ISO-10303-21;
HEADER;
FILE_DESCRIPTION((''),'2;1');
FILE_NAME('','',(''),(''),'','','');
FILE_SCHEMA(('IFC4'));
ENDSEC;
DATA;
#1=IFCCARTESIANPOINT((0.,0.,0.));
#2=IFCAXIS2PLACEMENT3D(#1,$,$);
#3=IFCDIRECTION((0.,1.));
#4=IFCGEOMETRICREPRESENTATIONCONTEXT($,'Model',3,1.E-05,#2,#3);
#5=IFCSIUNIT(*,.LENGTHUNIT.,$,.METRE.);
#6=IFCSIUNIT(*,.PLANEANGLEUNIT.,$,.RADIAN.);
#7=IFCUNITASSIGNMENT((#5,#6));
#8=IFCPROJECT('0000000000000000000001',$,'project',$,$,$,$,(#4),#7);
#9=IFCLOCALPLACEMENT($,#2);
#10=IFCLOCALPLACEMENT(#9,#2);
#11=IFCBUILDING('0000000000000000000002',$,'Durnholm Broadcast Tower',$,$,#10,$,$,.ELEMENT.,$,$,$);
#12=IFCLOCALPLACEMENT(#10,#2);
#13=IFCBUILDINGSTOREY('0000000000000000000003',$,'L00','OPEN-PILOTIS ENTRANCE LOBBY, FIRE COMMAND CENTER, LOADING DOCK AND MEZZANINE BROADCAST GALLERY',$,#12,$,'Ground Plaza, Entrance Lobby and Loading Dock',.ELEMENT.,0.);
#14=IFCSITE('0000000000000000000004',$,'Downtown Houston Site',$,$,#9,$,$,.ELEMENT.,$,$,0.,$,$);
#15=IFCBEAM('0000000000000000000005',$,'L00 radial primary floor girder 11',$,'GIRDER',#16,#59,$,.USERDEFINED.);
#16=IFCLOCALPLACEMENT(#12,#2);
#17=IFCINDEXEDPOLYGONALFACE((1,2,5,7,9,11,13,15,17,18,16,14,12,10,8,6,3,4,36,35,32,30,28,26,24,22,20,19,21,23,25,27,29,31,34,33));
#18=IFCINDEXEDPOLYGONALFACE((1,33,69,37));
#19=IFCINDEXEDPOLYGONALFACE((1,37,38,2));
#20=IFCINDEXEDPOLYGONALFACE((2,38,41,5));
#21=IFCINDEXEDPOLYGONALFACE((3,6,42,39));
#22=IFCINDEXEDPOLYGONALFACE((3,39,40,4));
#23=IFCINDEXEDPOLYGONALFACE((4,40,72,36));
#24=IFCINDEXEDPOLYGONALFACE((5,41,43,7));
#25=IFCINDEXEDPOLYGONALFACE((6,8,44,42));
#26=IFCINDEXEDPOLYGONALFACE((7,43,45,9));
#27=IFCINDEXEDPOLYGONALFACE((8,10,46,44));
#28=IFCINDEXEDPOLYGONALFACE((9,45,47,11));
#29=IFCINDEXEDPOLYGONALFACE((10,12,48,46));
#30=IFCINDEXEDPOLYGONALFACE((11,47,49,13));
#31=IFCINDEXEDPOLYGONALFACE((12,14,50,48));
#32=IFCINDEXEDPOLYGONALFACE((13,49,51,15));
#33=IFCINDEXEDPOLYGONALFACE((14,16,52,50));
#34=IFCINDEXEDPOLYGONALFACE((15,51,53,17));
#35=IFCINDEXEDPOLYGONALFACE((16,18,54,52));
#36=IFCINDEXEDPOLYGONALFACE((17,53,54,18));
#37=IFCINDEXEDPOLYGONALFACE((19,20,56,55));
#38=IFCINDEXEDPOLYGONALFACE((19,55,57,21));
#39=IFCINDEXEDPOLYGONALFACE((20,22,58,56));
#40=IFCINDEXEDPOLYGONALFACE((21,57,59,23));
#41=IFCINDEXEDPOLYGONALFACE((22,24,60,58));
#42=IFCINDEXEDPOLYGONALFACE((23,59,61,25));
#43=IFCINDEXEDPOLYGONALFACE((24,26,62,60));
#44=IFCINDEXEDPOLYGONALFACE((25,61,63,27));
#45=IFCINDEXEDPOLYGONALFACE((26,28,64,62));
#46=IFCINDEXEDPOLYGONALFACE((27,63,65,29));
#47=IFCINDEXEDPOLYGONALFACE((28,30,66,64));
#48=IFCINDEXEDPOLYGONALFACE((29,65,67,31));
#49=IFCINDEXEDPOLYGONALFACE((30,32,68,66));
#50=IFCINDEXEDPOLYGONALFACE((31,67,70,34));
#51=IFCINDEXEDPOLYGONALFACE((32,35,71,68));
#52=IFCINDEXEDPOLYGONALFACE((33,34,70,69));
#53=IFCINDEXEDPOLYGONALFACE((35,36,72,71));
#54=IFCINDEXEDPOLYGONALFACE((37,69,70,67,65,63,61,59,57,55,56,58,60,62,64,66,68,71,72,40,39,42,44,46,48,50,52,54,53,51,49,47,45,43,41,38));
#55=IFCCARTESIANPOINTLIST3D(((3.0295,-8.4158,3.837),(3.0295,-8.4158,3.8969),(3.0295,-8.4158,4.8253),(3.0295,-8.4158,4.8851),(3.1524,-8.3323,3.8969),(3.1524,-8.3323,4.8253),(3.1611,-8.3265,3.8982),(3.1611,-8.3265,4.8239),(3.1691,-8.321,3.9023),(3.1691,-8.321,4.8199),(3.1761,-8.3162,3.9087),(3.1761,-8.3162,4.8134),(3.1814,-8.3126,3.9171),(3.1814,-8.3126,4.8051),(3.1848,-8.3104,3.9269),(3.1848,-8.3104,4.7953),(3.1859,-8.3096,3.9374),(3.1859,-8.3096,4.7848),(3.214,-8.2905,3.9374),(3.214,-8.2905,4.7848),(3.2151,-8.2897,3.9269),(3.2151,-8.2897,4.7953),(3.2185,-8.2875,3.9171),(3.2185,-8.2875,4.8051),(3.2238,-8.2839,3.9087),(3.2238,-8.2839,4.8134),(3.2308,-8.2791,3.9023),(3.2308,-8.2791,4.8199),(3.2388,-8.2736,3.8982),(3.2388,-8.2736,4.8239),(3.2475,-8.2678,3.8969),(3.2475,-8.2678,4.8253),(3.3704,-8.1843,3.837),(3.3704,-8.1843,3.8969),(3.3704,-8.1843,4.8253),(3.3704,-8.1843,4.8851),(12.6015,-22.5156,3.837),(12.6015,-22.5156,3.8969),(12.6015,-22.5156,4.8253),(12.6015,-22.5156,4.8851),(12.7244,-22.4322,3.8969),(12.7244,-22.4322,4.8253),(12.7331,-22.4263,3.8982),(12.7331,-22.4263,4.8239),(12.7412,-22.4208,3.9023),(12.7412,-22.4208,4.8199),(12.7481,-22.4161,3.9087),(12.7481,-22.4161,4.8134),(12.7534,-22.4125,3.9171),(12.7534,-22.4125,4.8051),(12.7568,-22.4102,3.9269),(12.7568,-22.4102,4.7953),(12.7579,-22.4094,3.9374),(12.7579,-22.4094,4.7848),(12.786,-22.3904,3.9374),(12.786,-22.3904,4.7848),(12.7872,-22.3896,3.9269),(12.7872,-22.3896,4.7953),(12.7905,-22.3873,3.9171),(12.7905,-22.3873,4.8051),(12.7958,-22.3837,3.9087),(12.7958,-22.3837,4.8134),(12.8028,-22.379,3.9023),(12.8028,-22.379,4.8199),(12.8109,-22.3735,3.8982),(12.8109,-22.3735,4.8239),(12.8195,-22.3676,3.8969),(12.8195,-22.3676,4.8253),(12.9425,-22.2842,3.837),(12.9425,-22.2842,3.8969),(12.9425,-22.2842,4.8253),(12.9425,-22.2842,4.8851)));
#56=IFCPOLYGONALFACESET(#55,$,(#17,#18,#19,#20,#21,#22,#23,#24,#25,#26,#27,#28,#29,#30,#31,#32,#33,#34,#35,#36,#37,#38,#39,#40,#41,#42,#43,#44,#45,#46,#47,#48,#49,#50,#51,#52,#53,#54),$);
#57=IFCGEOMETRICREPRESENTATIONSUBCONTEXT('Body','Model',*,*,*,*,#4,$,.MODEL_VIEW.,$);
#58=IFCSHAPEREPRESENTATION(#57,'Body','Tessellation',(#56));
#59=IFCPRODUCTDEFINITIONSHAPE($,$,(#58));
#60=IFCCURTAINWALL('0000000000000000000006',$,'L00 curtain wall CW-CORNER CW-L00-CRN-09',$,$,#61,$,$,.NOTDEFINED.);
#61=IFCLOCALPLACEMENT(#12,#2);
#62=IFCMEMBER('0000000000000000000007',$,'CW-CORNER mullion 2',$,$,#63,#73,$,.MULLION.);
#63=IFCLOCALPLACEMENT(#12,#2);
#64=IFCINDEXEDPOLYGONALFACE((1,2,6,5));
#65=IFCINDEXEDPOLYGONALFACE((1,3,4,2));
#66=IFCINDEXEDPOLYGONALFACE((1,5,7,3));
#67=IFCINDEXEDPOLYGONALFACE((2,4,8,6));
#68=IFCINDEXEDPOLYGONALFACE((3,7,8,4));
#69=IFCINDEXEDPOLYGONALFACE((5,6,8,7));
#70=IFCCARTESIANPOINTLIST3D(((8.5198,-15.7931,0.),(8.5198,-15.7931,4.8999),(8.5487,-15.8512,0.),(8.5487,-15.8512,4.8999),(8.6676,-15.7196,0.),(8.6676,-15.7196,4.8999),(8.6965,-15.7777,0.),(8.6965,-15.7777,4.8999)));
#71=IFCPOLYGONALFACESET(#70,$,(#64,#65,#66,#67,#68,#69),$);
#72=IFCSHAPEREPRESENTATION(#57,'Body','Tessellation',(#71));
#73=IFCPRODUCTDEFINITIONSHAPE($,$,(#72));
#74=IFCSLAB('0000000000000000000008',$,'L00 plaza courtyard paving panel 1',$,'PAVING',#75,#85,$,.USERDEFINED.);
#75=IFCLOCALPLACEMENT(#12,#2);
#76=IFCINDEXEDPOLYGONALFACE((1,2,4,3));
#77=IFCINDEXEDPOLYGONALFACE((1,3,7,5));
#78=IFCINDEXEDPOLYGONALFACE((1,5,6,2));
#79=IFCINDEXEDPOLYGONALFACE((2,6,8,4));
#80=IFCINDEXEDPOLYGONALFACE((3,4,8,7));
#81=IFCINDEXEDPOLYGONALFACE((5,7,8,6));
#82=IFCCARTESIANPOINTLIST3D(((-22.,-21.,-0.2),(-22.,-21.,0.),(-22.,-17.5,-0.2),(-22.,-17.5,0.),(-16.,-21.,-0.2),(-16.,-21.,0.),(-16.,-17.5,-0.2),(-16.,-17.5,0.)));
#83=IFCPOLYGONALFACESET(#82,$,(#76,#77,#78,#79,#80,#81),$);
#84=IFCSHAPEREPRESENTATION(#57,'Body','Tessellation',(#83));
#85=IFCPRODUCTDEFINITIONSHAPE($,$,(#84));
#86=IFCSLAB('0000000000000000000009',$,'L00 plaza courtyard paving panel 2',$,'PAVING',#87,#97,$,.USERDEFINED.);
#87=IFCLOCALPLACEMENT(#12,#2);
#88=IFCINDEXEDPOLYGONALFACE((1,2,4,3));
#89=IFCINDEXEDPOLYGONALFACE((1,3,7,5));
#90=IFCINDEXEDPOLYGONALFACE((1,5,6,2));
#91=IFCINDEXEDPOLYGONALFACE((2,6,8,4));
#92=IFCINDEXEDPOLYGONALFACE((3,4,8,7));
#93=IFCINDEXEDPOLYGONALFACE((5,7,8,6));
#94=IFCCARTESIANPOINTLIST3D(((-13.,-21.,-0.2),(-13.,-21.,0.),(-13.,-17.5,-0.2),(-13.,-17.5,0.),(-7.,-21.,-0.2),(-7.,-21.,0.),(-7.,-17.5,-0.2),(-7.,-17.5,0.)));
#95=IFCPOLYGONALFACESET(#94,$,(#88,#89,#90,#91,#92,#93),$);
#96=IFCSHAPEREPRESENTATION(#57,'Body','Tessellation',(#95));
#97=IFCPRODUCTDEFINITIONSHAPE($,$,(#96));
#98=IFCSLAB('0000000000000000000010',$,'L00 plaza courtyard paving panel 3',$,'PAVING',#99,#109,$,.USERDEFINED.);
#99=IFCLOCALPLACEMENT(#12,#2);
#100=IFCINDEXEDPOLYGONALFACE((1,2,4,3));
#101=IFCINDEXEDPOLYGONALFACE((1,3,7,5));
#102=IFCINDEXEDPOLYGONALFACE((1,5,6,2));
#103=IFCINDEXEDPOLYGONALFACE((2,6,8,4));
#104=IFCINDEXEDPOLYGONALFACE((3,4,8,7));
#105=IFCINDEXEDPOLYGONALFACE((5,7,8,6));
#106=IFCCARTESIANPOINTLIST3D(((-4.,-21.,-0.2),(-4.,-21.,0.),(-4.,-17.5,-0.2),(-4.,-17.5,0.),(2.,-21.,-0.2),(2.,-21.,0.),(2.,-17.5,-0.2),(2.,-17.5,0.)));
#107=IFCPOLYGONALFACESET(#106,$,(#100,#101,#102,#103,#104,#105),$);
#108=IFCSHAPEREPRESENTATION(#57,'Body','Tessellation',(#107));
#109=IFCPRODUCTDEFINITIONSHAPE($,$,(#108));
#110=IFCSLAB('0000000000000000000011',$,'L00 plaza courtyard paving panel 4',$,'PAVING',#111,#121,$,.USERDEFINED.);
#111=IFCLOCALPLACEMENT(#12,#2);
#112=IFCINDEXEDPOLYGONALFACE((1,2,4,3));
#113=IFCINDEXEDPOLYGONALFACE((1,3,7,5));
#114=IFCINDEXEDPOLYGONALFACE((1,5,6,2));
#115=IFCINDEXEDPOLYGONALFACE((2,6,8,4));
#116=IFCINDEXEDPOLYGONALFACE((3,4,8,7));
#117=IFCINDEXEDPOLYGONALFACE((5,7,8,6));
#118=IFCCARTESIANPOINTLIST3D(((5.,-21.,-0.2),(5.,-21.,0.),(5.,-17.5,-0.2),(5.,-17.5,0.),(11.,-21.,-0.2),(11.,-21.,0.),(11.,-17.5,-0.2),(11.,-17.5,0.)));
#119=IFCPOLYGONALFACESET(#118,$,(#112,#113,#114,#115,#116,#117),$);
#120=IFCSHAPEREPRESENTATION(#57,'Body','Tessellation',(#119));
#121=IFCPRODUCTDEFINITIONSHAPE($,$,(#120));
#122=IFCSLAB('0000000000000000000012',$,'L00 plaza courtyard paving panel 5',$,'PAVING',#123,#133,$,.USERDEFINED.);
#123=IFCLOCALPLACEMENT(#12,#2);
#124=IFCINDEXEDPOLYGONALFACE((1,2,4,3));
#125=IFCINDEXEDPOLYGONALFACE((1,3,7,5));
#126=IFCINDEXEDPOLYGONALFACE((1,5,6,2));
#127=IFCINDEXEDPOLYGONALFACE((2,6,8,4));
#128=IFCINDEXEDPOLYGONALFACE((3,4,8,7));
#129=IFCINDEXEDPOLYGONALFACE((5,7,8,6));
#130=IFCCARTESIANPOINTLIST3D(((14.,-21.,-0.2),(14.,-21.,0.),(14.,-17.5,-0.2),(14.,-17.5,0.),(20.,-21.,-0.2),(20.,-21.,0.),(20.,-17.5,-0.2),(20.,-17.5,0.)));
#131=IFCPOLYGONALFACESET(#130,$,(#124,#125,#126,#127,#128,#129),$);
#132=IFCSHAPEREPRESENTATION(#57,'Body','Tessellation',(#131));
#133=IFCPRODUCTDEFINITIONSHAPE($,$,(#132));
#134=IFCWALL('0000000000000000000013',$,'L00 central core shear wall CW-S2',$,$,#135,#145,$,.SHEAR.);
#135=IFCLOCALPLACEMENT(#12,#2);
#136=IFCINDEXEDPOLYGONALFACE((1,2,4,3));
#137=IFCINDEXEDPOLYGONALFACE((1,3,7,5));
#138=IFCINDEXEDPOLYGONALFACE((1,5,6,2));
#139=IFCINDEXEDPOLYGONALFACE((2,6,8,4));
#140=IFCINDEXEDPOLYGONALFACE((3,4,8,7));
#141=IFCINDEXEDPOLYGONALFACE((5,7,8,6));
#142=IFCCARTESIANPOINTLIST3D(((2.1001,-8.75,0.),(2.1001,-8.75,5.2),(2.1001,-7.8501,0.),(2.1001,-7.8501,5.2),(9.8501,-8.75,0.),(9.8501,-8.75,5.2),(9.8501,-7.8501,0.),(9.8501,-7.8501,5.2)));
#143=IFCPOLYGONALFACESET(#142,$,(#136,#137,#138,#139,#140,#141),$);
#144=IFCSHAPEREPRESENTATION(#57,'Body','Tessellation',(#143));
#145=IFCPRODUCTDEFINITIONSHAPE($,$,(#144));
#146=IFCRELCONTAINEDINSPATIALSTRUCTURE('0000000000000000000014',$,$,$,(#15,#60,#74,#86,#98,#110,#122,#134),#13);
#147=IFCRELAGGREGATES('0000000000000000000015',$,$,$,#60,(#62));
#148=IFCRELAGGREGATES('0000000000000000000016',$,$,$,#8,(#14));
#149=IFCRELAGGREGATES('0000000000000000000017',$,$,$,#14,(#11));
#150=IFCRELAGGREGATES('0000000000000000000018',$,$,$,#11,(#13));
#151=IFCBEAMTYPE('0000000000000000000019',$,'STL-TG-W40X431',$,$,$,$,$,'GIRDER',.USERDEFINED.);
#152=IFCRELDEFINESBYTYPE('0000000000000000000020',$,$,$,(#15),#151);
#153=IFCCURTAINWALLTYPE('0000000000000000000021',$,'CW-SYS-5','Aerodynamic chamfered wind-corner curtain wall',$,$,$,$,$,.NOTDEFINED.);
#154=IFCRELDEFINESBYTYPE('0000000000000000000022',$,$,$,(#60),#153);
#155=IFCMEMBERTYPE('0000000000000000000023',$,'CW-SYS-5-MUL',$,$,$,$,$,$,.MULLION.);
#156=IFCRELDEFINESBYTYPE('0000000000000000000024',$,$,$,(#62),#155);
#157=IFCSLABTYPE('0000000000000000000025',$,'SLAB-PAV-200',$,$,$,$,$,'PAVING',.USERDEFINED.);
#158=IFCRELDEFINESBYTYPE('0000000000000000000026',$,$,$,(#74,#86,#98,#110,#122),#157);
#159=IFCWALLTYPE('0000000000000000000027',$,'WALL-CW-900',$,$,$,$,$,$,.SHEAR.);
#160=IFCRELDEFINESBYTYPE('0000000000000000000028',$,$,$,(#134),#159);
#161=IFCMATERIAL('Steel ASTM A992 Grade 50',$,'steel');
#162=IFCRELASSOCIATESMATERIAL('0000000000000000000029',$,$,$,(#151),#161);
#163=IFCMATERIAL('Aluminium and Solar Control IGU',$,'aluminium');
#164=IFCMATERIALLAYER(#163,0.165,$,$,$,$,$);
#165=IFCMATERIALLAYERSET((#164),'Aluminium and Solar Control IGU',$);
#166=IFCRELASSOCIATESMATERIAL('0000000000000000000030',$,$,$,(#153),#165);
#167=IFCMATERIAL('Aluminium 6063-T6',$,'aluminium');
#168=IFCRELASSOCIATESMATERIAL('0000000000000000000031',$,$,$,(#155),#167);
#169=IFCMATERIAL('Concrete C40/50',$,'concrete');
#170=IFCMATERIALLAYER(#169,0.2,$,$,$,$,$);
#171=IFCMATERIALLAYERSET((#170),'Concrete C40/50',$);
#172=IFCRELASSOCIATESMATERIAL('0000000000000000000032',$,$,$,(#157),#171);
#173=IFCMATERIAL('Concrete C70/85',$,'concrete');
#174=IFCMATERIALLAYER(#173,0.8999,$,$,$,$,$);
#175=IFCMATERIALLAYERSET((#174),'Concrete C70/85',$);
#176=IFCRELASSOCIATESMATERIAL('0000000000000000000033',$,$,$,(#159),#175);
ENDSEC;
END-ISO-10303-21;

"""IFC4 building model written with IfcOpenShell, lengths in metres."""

from ifc_helpers import new_model, si_unit, direction, frame, frame_2d, origin, origin_2d, place, context, subcontext, project, spatial, polyline, rectangle, i_section, outline, extrude, source, transform, mapped, material, layer, layer_set, material_profile, profile_set, type_object, type_shapes, element, aggregate, save


model = new_model("IFC4")

# Units and contexts
model_context = context("Model", 3, precision=1e-05, world=origin(), true_north=direction((0.0, 1.0)))
body_context = subcontext(model_context, "Body", "Model", "MODEL_VIEW")
ifc_project = project(units=[si_unit("LENGTHUNIT", "METRE"), si_unit("PLANEANGLEUNIT", "RADIAN")], contexts=[model_context])

# Site, building, storey
site_placement = place(None, origin())
site = spatial("IfcSite", under=ifc_project, at=site_placement, Name="Downtown Houston Site", CompositionType="ELEMENT", RefElevation=0.0)
building_placement = place(site_placement, origin())
building = spatial("IfcBuilding", under=site, at=building_placement, Name="Durnholm Broadcast Tower", CompositionType="ELEMENT")
storey_placement = place(building_placement, origin())
storey = spatial("IfcBuildingStorey", under=building, at=storey_placement, Name="L00", Description="OPEN-PILOTIS ENTRANCE LOBBY, FIRE COMMAND CENTER, LOADING DOCK AND MEZZANINE BROADCAST GALLERY", LongName="Ground Plaza, Entrance Lobby and Loading Dock", CompositionType="ELEMENT", Elevation=0.0)

# Shared definitions
ifc_material_1 = material(Name="Concrete C70/85", Category="concrete")
ifc_material_2 = material(Name="Steel ASTM A992 Grade 50", Category="steel")

# Beam
ifc_material_profile_1 = material_profile(ifc_material_2, i_section(OverallWidth=0.4121, OverallDepth=1.0481, WebThickness=0.0339, FlangeThickness=0.0598, FilletRadius=0.0405, at=origin_2d()), Name="W40X431")
ifc_profile_set_1 = profile_set([ifc_material_profile_1], Name="Steel ASTM A992 Grade 50")
beam_type = type_object("IfcBeamType", Name="STL-TG-W40X431", ElementType="GIRDER", PredefinedType="USERDEFINED", material=ifc_profile_set_1)
shared_shape_1 = source(origin(), body_context, "Body", "SweptSolid", [
    extrude(i_section(OverallWidth=0.4121, OverallDepth=1.0481, WebThickness=0.0339, FlangeThickness=0.0598, FilletRadius=0.0405, at=origin_2d()), origin(), (0.0, 0.0, 1.0), 17.042),
])
beam_1_placement = place(storey_placement, frame((3.2, -8.3, 4.3611), z_axis=(0.561673, -0.82736, 0.0), x_axis=(0.82736, 0.561673, 0.0)))
element("IfcBeam", 1, at=beam_1_placement, inside=storey, type_object=beam_type, Name="L00 radial primary floor girder 11", ObjectType="GIRDER", PredefinedType="USERDEFINED", context=body_context, shape_type="MappedRepresentation", body=[
    mapped(shared_shape_1, transform((0.0, 0.0, 0.0), x_axis=(1.0, 0.0, 0.0), y_axis=(0.0, 1.0, 0.0), z_axis=(0.0, 0.0, 1.0), scale=1.0)),
])

# Curtain wall, member
ifc_material_3 = material(Name="Aluminium and Solar Control IGU", Category="aluminium")
ifc_layer_1 = layer(ifc_material_3, 0.165)
ifc_layer_set_1 = layer_set([ifc_layer_1], Name="Aluminium and Solar Control IGU")
curtain_wall_type = type_object("IfcCurtainWallType", Name="CW-SYS-5", Description="Aerodynamic chamfered wind-corner curtain wall", PredefinedType="NOTDEFINED", material=ifc_layer_set_1)
curtain_wall_placement = place(storey_placement, origin())
curtain_wall = element("IfcCurtainWall", 2, at=curtain_wall_placement, inside=storey, type_object=curtain_wall_type, Name="L00 curtain wall CW-CORNER CW-L00-CRN-09", PredefinedType="NOTDEFINED")
ifc_material_4 = material(Name="Aluminium 6063-T6", Category="aluminium")
ifc_material_profile_2 = material_profile(ifc_material_4, rectangle(XDim=0.0649, YDim=0.165, at=origin_2d()), Name="CWM65X165")
ifc_profile_set_2 = profile_set([ifc_material_profile_2], Name="Aluminium 6063-T6")
member_type = type_object("IfcMemberType", Name="CW-SYS-5-MUL", PredefinedType="MULLION", material=ifc_profile_set_2)
shared_shape_2 = source(origin(), body_context, "Body", "SweptSolid", [
    extrude(rectangle(XDim=0.0649, YDim=0.165, at=origin_2d()), origin(), (0.0, 0.0, 1.0), 4.8999),
])
type_shapes(member_type, [shared_shape_2])
member_placement = place(storey_placement, frame((8.6082, -15.7854, 0.0), z_axis=(0.0, 0.0, 1.0), x_axis=(0.445558, -0.895253, 0.0)))
member = element("IfcMember", 3, at=member_placement, type_object=member_type, Name="CW-CORNER mullion 2", PredefinedType="MULLION", context=body_context, shape_type="MappedRepresentation", body=[
    mapped(shared_shape_2, transform((0.0, 0.0, 0.0), x_axis=(1.0, 0.0, 0.0), y_axis=(0.0, 1.0, 0.0), z_axis=(0.0, 0.0, 1.0), scale=1.0)),
])
aggregate(curtain_wall, [member])

# Slabs
ifc_material_5 = material(Name="Concrete C40/50", Category="concrete")
ifc_layer_2 = layer(ifc_material_5, 0.2)
ifc_layer_set_2 = layer_set([ifc_layer_2], Name="Concrete C40/50")
slab_type = type_object("IfcSlabType", Name="SLAB-PAV-200", ElementType="PAVING", PredefinedType="USERDEFINED", material=ifc_layer_set_2)
slab_1_placement = place(storey_placement, frame((0.0, 0.0, -0.2)))
element("IfcSlab", 4, at=slab_1_placement, inside=storey, type_object=slab_type, Name="L00 plaza courtyard paving panel 1", ObjectType="PAVING", PredefinedType="USERDEFINED", context=body_context, shape_type="SweptSolid", body=[
    extrude(outline(polyline([(-22.0, -21.0), (-16.0, -21.0), (-16.0, -17.5), (-22.0, -17.5), (-22.0, -21.0)])), origin(), (0.0, 0.0, 1.0), 0.2),
])
slab_2_placement = place(storey_placement, frame((0.0, 0.0, -0.2)))
element("IfcSlab", 5, at=slab_2_placement, inside=storey, type_object=slab_type, Name="L00 plaza courtyard paving panel 2", ObjectType="PAVING", PredefinedType="USERDEFINED", context=body_context, shape_type="SweptSolid", body=[
    extrude(outline(polyline([(-13.0, -21.0), (-7.0, -21.0), (-7.0, -17.5), (-13.0, -17.5), (-13.0, -21.0)])), origin(), (0.0, 0.0, 1.0), 0.2),
])
slab_3_placement = place(storey_placement, frame((0.0, 0.0, -0.2)))
element("IfcSlab", 6, at=slab_3_placement, inside=storey, type_object=slab_type, Name="L00 plaza courtyard paving panel 3", ObjectType="PAVING", PredefinedType="USERDEFINED", context=body_context, shape_type="SweptSolid", body=[
    extrude(outline(polyline([(-4.0, -21.0), (2.0, -21.0), (2.0, -17.5), (-4.0, -17.5), (-4.0, -21.0)])), origin(), (0.0, 0.0, 1.0), 0.2),
])
slab_4_placement = place(storey_placement, frame((0.0, 0.0, -0.2)))
element("IfcSlab", 7, at=slab_4_placement, inside=storey, type_object=slab_type, Name="L00 plaza courtyard paving panel 4", ObjectType="PAVING", PredefinedType="USERDEFINED", context=body_context, shape_type="SweptSolid", body=[
    extrude(outline(polyline([(5.0, -21.0), (11.0, -21.0), (11.0, -17.5), (5.0, -17.5), (5.0, -21.0)])), origin(), (0.0, 0.0, 1.0), 0.2),
])
slab_5_placement = place(storey_placement, frame((0.0, 0.0, -0.2)))
element("IfcSlab", 8, at=slab_5_placement, inside=storey, type_object=slab_type, Name="L00 plaza courtyard paving panel 5", ObjectType="PAVING", PredefinedType="USERDEFINED", context=body_context, shape_type="SweptSolid", body=[
    extrude(outline(polyline([(14.0, -21.0), (20.0, -21.0), (20.0, -17.5), (14.0, -17.5), (14.0, -21.0)])), origin(), (0.0, 0.0, 1.0), 0.2),
])

# Wall
ifc_layer_3 = layer(ifc_material_1, 0.8999)
ifc_layer_set_3 = layer_set([ifc_layer_3], Name="Concrete C70/85")
wall_type_1 = type_object("IfcWallType", Name="WALL-CW-900", PredefinedType="SHEAR", material=ifc_layer_set_3)
wall_1_placement = place(storey_placement, frame((2.1001, -8.3, 0.0), z_axis=(0.0, 0.0, 1.0), x_axis=(1.0, 0.0, 0.0)))
element("IfcWall", 9, at=wall_1_placement, inside=storey, type_object=wall_type_1, Name="L00 central core shear wall CW-S2", PredefinedType="SHEAR", context=body_context, shape_type="SweptSolid", body=[
    extrude(rectangle(XDim=7.75, YDim=0.8999, at=frame_2d((3.875, 0.0))), origin(), (0.0, 0.0, 1.0), 5.2),
])

save(model, "model.ifc")
